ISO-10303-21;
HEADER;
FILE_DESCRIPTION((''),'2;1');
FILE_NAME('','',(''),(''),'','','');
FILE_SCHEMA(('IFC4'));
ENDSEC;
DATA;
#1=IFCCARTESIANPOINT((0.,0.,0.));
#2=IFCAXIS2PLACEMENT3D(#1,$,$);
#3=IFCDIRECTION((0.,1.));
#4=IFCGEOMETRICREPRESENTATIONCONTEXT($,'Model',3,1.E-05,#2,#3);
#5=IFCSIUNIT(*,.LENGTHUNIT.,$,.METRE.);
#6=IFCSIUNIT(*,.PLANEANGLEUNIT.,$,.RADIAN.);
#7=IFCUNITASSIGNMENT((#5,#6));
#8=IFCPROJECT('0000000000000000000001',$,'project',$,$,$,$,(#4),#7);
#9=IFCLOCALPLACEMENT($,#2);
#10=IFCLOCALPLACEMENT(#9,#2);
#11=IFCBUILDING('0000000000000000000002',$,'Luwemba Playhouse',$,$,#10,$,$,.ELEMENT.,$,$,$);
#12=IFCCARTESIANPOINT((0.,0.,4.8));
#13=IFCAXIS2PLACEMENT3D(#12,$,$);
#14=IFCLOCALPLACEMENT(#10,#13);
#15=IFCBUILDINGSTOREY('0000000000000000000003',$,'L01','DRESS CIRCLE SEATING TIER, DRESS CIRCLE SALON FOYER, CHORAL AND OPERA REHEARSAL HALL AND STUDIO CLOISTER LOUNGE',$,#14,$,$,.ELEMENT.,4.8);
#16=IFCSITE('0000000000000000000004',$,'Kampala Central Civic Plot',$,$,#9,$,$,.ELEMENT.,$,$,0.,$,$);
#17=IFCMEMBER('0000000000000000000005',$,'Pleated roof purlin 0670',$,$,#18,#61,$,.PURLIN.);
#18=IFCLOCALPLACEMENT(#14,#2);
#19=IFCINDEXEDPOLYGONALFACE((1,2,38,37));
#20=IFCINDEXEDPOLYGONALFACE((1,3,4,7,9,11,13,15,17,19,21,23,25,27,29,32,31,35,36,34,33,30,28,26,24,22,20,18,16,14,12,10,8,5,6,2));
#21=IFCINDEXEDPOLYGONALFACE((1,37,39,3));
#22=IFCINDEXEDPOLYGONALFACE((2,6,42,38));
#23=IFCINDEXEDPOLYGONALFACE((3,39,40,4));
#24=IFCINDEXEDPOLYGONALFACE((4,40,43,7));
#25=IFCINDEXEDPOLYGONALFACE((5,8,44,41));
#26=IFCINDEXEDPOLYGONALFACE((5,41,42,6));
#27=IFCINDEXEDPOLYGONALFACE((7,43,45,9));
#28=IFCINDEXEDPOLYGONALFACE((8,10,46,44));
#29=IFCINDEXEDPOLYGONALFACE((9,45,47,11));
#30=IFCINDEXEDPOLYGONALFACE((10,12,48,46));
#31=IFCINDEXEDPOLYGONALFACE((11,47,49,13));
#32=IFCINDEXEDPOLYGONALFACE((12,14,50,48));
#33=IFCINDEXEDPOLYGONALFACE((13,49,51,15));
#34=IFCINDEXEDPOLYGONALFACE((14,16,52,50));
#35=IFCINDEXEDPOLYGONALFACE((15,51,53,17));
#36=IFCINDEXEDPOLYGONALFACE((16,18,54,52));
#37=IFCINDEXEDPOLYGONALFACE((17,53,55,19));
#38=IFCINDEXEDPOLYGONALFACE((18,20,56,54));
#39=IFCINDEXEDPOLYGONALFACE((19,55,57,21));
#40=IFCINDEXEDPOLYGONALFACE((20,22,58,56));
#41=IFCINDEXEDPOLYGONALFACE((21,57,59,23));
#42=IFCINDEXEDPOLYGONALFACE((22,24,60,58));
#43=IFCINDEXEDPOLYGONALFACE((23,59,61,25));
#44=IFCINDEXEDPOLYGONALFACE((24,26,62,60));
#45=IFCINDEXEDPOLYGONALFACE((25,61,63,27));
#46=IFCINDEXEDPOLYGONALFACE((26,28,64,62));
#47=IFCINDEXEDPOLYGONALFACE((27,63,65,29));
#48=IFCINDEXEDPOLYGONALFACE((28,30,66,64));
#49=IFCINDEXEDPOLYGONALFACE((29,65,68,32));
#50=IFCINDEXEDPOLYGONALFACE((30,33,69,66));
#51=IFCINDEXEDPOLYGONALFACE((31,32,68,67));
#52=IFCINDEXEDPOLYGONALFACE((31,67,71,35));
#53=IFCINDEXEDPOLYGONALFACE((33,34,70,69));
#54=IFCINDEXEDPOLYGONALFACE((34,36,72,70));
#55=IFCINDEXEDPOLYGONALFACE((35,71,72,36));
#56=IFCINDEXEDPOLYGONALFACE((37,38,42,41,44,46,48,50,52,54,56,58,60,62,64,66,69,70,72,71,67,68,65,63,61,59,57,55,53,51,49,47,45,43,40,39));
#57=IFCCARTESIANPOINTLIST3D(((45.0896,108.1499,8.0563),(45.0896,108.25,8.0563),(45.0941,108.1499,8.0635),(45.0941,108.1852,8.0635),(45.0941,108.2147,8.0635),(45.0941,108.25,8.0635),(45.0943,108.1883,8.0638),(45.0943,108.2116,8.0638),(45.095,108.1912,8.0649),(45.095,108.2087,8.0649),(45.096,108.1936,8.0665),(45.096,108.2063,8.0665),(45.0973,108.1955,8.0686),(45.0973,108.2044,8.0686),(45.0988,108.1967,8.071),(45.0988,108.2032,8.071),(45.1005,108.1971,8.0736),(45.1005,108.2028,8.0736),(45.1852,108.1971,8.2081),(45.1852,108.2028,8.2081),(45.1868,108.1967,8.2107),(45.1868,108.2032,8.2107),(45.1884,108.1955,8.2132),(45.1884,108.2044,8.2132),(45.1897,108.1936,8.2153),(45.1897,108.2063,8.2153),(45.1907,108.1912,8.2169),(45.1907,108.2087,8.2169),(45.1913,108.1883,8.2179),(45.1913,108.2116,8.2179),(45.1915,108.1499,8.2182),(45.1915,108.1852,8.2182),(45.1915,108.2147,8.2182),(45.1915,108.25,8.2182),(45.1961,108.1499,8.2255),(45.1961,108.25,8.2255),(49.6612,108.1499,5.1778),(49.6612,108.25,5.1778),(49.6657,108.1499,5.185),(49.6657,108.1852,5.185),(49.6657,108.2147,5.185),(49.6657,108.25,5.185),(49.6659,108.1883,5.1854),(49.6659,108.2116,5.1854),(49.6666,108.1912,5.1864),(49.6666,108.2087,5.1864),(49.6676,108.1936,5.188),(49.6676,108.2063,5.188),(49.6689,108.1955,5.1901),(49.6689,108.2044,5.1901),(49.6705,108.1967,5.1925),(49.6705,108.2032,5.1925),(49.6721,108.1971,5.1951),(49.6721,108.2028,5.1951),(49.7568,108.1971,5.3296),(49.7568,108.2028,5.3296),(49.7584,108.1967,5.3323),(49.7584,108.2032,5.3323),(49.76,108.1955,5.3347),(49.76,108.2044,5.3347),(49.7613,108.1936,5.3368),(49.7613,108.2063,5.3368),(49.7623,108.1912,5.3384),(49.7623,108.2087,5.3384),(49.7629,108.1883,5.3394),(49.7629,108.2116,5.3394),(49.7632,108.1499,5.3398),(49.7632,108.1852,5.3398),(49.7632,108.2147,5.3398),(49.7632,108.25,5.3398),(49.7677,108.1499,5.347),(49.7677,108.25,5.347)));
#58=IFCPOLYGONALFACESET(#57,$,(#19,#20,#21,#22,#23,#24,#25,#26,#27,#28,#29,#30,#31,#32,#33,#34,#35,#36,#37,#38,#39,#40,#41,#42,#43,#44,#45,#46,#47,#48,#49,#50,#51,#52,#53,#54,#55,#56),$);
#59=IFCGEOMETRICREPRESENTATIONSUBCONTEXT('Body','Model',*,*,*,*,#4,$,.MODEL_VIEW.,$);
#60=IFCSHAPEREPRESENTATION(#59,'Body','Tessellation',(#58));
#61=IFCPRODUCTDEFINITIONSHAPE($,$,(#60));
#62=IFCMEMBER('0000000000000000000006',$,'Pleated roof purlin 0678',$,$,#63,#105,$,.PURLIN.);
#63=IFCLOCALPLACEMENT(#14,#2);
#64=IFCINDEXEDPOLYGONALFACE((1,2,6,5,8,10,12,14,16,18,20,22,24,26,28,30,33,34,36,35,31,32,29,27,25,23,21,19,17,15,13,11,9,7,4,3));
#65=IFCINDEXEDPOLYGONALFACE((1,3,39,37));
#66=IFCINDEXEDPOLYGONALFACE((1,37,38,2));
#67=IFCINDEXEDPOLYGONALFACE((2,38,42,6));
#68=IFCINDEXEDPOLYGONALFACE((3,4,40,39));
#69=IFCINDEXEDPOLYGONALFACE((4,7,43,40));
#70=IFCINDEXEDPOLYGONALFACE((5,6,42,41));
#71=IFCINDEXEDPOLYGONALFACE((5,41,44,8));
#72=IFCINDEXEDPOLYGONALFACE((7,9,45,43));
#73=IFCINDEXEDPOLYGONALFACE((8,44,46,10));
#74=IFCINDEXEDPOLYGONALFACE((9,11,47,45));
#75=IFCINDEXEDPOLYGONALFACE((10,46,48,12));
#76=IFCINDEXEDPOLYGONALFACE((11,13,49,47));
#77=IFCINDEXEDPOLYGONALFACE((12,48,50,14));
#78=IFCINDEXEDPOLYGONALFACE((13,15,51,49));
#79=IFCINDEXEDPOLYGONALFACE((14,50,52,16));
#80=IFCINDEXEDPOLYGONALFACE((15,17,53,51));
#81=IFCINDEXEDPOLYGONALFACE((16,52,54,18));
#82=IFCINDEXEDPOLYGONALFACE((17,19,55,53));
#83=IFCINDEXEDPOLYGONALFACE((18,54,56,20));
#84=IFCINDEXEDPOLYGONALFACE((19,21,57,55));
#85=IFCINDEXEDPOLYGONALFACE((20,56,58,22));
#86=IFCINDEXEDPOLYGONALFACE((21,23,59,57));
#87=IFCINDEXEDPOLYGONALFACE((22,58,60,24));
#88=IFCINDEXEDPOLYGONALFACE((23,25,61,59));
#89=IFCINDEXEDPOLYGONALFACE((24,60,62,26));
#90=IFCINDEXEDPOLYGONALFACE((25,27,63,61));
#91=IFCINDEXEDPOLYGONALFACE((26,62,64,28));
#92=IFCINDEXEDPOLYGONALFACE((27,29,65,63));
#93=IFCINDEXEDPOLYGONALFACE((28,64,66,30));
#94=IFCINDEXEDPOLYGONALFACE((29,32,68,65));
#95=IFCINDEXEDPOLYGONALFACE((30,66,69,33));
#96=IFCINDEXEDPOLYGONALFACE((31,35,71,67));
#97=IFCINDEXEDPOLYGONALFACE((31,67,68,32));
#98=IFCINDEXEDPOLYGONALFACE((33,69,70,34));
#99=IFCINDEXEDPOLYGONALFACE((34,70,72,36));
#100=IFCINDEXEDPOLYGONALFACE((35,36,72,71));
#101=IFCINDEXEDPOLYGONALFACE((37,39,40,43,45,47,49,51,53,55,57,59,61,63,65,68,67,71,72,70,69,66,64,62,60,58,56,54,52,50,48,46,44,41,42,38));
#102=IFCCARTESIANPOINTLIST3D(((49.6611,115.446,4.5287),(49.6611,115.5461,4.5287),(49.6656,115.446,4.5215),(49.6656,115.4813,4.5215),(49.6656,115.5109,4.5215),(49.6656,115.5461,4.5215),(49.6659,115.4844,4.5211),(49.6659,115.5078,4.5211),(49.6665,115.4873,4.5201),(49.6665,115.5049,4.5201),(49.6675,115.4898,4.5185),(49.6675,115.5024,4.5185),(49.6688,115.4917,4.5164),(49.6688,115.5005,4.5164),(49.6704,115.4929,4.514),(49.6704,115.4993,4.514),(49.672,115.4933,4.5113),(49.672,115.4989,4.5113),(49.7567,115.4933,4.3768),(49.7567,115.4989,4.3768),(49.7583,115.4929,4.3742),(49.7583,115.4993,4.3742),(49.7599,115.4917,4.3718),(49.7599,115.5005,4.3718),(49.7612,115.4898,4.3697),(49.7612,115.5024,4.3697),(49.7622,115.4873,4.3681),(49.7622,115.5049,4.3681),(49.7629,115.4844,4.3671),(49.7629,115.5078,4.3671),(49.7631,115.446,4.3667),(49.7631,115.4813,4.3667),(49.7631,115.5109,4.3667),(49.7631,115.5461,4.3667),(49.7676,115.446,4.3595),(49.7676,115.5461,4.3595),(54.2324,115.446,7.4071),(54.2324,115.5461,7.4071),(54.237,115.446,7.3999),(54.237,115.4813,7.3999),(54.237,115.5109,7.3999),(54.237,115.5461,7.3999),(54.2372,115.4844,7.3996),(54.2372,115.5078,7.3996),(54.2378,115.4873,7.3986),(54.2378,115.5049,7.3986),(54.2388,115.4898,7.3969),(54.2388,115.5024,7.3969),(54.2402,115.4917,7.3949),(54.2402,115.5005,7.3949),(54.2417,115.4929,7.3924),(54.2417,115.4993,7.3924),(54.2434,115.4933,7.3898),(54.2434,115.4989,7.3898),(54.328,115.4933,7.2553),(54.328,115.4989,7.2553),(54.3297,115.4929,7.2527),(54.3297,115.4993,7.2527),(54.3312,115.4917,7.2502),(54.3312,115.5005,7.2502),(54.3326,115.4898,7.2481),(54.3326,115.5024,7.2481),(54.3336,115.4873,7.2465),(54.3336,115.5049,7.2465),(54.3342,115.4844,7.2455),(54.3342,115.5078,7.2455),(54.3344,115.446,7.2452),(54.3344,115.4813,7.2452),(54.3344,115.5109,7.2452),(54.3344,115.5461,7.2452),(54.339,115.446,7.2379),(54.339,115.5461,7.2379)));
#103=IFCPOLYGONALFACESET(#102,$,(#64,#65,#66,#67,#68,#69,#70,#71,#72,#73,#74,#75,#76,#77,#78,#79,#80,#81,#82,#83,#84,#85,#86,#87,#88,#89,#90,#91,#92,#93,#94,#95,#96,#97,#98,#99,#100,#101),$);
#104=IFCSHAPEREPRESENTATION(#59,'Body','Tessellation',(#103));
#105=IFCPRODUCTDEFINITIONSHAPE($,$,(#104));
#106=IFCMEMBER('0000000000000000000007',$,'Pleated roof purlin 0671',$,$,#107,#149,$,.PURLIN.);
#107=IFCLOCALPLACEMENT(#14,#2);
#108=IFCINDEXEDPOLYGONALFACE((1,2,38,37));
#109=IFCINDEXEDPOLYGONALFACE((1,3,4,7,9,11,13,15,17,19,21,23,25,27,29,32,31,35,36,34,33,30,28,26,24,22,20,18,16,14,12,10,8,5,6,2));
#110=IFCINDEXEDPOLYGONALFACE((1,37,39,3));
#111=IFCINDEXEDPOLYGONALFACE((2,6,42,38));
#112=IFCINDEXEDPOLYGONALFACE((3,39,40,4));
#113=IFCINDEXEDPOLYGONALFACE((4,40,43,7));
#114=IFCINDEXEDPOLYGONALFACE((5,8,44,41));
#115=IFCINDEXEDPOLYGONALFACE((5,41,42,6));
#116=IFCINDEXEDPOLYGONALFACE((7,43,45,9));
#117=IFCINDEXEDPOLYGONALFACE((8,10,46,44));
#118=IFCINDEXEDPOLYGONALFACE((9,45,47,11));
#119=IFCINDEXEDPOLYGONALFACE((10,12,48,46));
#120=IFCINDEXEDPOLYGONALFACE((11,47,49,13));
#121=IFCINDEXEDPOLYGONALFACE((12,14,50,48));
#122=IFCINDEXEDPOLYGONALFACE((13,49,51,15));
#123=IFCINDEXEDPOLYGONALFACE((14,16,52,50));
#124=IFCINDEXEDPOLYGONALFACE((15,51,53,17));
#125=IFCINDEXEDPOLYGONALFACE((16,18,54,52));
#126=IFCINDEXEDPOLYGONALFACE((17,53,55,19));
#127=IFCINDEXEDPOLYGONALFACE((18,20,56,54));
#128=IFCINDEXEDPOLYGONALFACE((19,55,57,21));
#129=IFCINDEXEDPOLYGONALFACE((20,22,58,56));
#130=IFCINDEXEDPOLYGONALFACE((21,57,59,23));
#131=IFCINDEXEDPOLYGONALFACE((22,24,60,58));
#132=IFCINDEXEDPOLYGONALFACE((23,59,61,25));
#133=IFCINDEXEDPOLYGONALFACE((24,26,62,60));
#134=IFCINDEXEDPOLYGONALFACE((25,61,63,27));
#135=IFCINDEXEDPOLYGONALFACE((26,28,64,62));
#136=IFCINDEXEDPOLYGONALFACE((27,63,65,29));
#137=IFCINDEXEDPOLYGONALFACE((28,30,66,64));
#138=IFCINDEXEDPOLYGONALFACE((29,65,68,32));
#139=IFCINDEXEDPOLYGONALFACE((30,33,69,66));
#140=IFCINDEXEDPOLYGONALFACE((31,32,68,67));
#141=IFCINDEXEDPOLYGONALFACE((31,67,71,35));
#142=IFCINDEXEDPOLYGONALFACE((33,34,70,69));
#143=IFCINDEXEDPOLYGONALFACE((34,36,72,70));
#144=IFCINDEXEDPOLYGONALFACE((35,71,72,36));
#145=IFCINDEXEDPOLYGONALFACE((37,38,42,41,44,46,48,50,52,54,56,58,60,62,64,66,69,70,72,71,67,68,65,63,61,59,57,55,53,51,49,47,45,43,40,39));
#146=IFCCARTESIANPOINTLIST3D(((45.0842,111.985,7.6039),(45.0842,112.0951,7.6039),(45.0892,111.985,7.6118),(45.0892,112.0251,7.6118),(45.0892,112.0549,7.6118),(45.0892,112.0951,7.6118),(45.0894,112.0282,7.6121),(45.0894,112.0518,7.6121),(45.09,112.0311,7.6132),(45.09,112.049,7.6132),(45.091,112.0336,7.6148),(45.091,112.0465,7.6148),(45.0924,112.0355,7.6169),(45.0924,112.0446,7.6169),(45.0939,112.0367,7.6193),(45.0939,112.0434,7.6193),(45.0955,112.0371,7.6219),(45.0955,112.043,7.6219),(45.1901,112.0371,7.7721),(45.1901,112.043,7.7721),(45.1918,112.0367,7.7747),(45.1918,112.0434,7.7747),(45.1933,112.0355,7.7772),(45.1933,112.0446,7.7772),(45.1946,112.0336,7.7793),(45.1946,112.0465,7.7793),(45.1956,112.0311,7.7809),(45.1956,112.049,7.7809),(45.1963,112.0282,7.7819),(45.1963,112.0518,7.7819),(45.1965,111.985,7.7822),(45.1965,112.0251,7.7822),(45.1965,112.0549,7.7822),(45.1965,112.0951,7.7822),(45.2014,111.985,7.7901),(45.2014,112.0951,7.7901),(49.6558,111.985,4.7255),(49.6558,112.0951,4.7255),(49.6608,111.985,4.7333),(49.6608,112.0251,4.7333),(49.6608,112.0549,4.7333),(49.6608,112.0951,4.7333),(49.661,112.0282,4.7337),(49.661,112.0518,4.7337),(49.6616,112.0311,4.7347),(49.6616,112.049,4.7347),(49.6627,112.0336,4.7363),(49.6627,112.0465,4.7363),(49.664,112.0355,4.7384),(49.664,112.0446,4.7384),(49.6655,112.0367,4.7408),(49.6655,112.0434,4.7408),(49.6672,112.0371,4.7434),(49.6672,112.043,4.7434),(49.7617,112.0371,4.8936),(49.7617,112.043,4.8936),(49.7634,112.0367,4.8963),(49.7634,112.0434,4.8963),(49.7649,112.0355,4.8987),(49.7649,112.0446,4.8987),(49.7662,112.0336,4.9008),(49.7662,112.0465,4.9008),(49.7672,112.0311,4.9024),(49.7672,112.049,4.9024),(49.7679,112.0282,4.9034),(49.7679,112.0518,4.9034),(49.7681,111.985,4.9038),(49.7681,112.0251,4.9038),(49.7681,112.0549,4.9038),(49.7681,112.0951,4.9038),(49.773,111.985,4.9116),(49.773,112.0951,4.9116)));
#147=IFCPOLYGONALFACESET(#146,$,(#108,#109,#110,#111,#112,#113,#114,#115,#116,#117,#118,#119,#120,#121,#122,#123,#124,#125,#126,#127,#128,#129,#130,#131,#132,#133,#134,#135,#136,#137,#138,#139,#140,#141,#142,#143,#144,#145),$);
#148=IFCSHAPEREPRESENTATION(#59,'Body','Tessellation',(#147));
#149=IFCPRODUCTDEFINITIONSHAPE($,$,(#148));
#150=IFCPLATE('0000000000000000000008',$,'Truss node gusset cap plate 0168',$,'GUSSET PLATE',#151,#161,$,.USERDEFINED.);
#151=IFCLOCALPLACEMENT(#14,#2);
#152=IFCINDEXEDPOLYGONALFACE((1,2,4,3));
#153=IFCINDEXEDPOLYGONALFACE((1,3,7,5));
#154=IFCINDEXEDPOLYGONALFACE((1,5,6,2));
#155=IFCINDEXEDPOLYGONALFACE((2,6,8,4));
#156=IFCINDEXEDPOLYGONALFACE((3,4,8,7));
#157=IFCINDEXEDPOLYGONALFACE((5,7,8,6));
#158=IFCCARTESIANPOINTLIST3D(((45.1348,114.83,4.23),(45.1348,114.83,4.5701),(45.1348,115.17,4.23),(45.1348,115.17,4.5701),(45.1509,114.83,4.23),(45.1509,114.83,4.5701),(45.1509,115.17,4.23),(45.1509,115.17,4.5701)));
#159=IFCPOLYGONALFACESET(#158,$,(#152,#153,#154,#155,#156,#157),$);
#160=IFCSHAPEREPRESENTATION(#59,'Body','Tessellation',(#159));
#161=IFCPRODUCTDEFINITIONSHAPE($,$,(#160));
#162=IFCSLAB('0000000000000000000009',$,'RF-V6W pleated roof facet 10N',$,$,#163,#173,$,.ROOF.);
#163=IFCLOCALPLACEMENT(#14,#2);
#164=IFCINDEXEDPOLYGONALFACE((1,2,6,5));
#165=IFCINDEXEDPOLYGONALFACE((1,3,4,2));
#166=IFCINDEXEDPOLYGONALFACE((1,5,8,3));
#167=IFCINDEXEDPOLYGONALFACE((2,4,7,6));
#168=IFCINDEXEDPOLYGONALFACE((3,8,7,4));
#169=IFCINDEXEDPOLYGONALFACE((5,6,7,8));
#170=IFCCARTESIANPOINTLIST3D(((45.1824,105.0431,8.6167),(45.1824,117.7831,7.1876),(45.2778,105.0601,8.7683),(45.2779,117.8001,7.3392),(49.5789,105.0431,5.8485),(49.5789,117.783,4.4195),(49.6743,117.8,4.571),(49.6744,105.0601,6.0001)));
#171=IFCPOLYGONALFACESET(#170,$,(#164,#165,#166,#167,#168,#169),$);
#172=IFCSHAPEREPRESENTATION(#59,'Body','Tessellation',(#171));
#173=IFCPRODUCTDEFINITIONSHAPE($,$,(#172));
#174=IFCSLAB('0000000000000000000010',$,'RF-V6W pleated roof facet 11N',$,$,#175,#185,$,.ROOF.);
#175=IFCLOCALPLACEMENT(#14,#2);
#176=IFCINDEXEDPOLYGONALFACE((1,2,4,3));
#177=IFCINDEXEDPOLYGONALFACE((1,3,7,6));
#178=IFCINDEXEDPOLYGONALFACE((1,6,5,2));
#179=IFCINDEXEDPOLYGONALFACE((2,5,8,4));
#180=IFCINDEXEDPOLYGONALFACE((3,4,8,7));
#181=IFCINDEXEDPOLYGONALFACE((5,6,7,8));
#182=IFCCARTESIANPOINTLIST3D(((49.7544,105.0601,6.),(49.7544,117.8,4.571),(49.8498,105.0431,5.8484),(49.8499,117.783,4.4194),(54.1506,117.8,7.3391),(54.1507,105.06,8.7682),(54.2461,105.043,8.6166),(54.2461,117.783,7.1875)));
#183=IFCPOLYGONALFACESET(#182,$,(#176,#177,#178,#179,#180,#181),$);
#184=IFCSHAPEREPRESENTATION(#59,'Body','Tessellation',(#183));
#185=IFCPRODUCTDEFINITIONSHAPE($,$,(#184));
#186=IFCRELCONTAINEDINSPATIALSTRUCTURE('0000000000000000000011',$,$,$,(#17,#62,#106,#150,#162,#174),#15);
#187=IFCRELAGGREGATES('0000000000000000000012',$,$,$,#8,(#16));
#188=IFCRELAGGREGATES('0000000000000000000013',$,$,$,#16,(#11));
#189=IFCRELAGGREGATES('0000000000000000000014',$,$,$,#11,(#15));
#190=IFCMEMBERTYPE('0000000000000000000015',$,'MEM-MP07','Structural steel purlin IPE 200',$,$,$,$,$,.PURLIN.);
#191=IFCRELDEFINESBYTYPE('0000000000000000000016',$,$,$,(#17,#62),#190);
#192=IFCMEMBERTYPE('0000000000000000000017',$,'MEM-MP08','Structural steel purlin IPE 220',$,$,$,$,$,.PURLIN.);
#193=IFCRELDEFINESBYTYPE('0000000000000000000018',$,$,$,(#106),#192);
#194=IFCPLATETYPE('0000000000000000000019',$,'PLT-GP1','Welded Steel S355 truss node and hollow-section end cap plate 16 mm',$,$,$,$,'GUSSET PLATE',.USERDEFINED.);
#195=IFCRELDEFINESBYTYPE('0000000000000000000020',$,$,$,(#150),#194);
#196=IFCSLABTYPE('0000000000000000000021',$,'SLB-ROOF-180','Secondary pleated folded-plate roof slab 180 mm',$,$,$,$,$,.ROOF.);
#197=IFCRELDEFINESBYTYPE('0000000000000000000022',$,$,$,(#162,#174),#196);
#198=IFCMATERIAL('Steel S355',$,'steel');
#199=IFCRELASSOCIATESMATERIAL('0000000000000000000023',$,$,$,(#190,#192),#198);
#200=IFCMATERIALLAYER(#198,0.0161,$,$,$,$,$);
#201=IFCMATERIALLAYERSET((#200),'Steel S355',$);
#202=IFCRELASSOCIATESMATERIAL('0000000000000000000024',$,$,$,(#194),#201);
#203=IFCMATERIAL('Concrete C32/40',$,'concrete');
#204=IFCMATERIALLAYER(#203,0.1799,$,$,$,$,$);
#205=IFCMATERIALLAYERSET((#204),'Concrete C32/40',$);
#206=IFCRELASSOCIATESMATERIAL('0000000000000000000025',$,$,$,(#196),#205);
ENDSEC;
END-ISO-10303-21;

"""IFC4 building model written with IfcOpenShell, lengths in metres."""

from ifc_helpers import new_model, si_unit, direction, frame, origin, origin_2d, place, context, subcontext, project, spatial, polyline, rectangle, i_section, outline, extrude, material, layer, layer_set, material_profile, profile_set, type_object, element, save


model = new_model("IFC4")

# Units and contexts
model_context = context("Model", 3, precision=1e-05, world=origin(), true_north=direction((0.0, 1.0)))
body_context = subcontext(model_context, "Body", "Model", "MODEL_VIEW")
ifc_project = project(units=[si_unit("LENGTHUNIT", "METRE"), si_unit("PLANEANGLEUNIT", "RADIAN")], contexts=[model_context])

# Site, building, storey
site_placement = place(None, origin())
site = spatial("IfcSite", under=ifc_project, at=site_placement, Name="Kampala Central Civic Plot", CompositionType="ELEMENT", RefElevation=0.0)
building_placement = place(site_placement, origin())
building = spatial("IfcBuilding", under=site, at=building_placement, Name="Luwemba Playhouse", CompositionType="ELEMENT")
storey_placement = place(building_placement, frame((0.0, 0.0, 4.8)))
storey = spatial("IfcBuildingStorey", under=building, at=storey_placement, Name="L01", Description="DRESS CIRCLE SEATING TIER, DRESS CIRCLE SALON FOYER, CHORAL AND OPERA REHEARSAL HALL AND STUDIO CLOISTER LOUNGE", CompositionType="ELEMENT", Elevation=4.8)

# Shared definitions
ifc_material_1 = material(Name="Steel S355", Category="steel")

# Members
ifc_material_profile_1 = material_profile(ifc_material_1, i_section(OverallWidth=0.1001, OverallDepth=0.2, WebThickness=0.0056, FlangeThickness=0.0085, FilletRadius=0.012, at=origin_2d()))
ifc_profile_set_1 = profile_set([ifc_material_profile_1], Name="Steel S355")
member_type_1 = type_object("IfcMemberType", Name="MEM-MP07", Description="Structural steel purlin IPE 200", PredefinedType="PURLIN", material=ifc_profile_set_1)
member_1_placement = place(storey_placement, frame((45.1428, 108.2, 8.1409), z_axis=(0.846229, 0.0, -0.532819), x_axis=(0.0, 1.0, 0.0)))
element("IfcMember", 1, at=member_1_placement, inside=storey, type_object=member_type_1, Name="Pleated roof purlin 0670", PredefinedType="PURLIN", context=body_context, shape_type="SweptSolid", body=[
    extrude(i_section(OverallWidth=0.1001, OverallDepth=0.2, WebThickness=0.0056, FlangeThickness=0.0085, FilletRadius=0.012, at=origin_2d()), origin(), (0.0, 0.0, 1.0), 5.4023),
])
member_2_placement = place(storey_placement, frame((49.7144, 115.4961, 4.4441), z_axis=(0.846216, 0.0, 0.53284), x_axis=(0.0, 1.0, 0.0)))
element("IfcMember", 2, at=member_2_placement, inside=storey, type_object=member_type_1, Name="Pleated roof purlin 0678", PredefinedType="PURLIN", context=body_context, shape_type="SweptSolid", body=[
    extrude(i_section(OverallWidth=0.1001, OverallDepth=0.2, WebThickness=0.0056, FlangeThickness=0.0085, FilletRadius=0.012, at=origin_2d()), origin(), (0.0, 0.0, 1.0), 5.4021),
])
ifc_material_profile_2 = material_profile(ifc_material_1, i_section(OverallWidth=0.1101, OverallDepth=0.22, WebThickness=0.0059, FlangeThickness=0.0093, FilletRadius=0.012, at=origin_2d()))
ifc_profile_set_2 = profile_set([ifc_material_profile_2], Name="Steel S355")
member_type_2 = type_object("IfcMemberType", Name="MEM-MP08", Description="Structural steel purlin IPE 220", PredefinedType="PURLIN", material=ifc_profile_set_2)
member_3_placement = place(storey_placement, frame((45.1428, 112.04, 7.697), z_axis=(0.846229, 0.0, -0.532819), x_axis=(0.0, 1.0, 0.0)))
element("IfcMember", 3, at=member_3_placement, inside=storey, type_object=member_type_2, Name="Pleated roof purlin 0671", PredefinedType="PURLIN", context=body_context, shape_type="SweptSolid", body=[
    extrude(i_section(OverallWidth=0.1101, OverallDepth=0.22, WebThickness=0.0059, FlangeThickness=0.0093, FilletRadius=0.012, at=origin_2d()), origin(), (0.0, 0.0, 1.0), 5.4023),
])

# Plate
ifc_layer_1 = layer(ifc_material_1, 0.0161)
ifc_layer_set_1 = layer_set([ifc_layer_1], Name="Steel S355")
plate_type = type_object("IfcPlateType", Name="PLT-GP1", Description="Welded Steel S355 truss node and hollow-section end cap plate 16 mm", ElementType="GUSSET PLATE", PredefinedType="USERDEFINED", material=ifc_layer_set_1)
plate_placement = place(storey_placement, frame((45.1428, 115.0, 4.23), z_axis=(0.0, 0.0, 1.0), x_axis=(1.0, 0.0, 0.0)))
element("IfcPlate", 4, at=plate_placement, inside=storey, type_object=plate_type, Name="Truss node gusset cap plate 0168", ObjectType="GUSSET PLATE", PredefinedType="USERDEFINED", context=body_context, shape_type="SweptSolid", body=[
    extrude(rectangle(XDim=0.0161, YDim=0.3401, at=origin_2d()), origin(), (0.0, 0.0, 1.0), 0.3401),
])

# Slabs
ifc_material_2 = material(Name="Concrete C32/40", Category="concrete")
ifc_layer_2 = layer(ifc_material_2, 0.1799)
ifc_layer_set_2 = layer_set([ifc_layer_2], Name="Concrete C32/40")
slab_type = type_object("IfcSlabType", Name="SLB-ROOF-180", Description="Secondary pleated folded-plate roof slab 180 mm", PredefinedType="ROOF", material=ifc_layer_set_2)
slab_1_placement = place(storey_placement, frame((45.2778, 105.0601, 8.7683), z_axis=(0.530433, 0.094499, 0.842443), x_axis=(0.84623, 0.000002, -0.532818)))
element("IfcSlab", 5, at=slab_1_placement, inside=storey, type_object=slab_type, Name="RF-V6W pleated roof facet 10N", PredefinedType="ROOF", context=body_context, shape_type="SweptSolid", body=[
    extrude(outline(polyline([(0.0, 0.0), (5.1954, 0.0), (5.9568, 12.7972), (0.7615, 12.7973), (0.0, 0.0)])), origin(), (0.0, 0.0, -1.0), 0.1799),
])
slab_2_placement = place(storey_placement, frame((49.7544, 105.0601, 6.0), z_axis=(-0.530454, 0.094498, 0.84243), x_axis=(0.846217, -0.000002, 0.532839)))
element("IfcSlab", 6, at=slab_2_placement, inside=storey, type_object=slab_type, Name="RF-V6W pleated roof facet 11N", PredefinedType="ROOF", context=body_context, shape_type="SweptSolid", body=[
    extrude(outline(polyline([(0.0, 0.0), (5.1952, 0.0), (4.4337, 12.7973), (-0.7614, 12.7972), (0.0, 0.0)])), origin(), (0.0, 0.0, -1.0), 0.1799),
])

save(model, "model.ifc")
